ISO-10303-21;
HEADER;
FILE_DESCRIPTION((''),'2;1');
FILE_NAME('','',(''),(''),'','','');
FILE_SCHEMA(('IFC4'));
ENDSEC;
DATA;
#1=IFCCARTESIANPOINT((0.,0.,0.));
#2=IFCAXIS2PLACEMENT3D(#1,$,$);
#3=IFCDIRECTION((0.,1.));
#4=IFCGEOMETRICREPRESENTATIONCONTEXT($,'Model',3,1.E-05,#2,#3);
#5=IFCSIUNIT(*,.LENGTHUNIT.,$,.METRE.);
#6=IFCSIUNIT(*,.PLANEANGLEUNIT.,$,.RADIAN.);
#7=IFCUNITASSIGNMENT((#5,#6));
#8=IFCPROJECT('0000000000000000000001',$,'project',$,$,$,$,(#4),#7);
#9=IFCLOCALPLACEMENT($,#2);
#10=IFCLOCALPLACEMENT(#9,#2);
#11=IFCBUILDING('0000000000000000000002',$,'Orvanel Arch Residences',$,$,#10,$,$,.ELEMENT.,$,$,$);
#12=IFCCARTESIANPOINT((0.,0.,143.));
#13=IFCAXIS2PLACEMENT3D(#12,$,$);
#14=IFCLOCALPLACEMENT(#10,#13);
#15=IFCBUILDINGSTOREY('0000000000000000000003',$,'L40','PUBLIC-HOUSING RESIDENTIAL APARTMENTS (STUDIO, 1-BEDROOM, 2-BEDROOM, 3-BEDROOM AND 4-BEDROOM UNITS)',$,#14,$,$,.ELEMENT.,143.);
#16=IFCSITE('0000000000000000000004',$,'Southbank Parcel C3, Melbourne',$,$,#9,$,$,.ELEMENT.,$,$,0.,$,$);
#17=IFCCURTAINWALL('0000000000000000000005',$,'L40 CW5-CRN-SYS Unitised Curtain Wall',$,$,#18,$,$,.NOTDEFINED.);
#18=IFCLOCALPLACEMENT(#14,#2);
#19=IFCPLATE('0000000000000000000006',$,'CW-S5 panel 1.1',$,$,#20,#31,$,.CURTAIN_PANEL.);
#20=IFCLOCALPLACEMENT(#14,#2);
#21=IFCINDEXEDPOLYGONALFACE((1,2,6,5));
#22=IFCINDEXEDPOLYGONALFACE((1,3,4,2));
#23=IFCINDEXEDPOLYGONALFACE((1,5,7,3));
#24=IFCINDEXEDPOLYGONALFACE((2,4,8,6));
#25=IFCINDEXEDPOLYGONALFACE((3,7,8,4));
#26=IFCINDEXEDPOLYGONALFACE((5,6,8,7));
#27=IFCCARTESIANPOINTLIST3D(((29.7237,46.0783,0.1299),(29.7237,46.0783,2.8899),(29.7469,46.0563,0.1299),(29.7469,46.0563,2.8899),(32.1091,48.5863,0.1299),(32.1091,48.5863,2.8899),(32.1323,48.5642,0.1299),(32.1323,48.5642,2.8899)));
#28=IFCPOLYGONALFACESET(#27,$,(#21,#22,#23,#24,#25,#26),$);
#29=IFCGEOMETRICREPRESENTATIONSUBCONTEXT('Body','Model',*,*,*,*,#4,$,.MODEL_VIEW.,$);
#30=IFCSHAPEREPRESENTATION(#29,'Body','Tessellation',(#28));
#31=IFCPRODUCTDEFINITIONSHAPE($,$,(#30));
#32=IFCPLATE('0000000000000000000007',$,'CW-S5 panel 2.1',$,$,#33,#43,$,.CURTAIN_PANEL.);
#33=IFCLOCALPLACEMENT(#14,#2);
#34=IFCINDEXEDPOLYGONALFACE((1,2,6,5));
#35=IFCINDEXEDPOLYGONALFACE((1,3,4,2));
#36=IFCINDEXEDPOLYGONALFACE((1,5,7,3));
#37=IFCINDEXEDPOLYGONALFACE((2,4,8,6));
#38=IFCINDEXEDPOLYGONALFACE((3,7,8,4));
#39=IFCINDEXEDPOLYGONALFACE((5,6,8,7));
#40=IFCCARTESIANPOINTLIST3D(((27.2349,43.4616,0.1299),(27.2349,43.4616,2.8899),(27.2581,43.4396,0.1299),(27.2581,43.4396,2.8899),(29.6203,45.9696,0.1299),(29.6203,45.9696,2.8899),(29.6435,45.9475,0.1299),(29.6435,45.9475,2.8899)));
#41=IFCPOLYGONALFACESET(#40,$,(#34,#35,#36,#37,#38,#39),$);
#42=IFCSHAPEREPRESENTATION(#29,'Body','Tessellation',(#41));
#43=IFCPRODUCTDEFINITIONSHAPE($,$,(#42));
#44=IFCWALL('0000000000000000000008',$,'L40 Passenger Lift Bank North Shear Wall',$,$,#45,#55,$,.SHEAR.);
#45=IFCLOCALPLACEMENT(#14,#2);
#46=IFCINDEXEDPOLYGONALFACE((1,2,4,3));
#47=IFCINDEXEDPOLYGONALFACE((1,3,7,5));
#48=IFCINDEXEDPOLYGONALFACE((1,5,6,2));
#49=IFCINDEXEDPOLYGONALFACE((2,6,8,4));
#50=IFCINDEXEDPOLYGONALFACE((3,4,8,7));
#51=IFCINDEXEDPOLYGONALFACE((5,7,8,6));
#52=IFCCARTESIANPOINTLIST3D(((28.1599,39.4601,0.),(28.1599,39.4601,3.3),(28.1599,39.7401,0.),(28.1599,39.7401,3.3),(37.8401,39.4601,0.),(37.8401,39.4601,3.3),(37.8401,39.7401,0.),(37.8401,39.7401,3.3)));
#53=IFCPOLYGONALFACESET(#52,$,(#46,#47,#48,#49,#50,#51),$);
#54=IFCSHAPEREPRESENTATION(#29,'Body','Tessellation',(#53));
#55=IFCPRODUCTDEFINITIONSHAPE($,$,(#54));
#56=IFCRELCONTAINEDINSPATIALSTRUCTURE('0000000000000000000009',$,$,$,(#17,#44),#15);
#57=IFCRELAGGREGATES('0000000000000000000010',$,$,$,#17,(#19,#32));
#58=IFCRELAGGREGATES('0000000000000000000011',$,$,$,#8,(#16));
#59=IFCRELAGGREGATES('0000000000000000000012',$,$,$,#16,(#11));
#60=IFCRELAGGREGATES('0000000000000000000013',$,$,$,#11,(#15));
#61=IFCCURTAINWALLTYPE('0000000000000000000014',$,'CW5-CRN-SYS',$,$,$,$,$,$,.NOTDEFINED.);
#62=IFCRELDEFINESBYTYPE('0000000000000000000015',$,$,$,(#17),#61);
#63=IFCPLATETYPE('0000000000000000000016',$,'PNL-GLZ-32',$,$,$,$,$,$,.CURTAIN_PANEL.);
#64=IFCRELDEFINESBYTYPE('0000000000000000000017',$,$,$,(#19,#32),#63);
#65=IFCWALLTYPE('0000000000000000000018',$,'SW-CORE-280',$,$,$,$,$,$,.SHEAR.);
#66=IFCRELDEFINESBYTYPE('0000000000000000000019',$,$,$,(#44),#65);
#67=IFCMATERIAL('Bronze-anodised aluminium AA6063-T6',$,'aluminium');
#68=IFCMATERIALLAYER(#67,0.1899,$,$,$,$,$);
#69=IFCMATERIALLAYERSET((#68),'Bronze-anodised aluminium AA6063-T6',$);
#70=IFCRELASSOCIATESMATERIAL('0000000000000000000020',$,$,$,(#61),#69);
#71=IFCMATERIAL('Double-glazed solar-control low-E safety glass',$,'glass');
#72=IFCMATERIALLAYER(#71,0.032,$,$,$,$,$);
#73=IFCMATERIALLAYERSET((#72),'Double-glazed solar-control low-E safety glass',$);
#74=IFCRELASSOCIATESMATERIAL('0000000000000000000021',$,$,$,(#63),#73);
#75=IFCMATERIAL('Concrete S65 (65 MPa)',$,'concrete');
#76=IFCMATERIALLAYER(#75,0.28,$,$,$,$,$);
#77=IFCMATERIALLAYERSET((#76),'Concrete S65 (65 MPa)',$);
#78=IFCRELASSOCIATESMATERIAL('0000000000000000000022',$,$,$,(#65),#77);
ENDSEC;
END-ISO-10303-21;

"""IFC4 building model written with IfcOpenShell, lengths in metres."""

from ifc_helpers import new_model, si_unit, direction, frame, frame_2d, origin, origin_2d, place, context, subcontext, project, spatial, rectangle, extrude, material, layer, layer_set, type_object, element, aggregate, save


model = new_model("IFC4")

# Units and contexts
model_context = context("Model", 3, precision=1e-05, world=origin(), true_north=direction((0.0, 1.0)))
body_context = subcontext(model_context, "Body", "Model", "MODEL_VIEW")
ifc_project = project(units=[si_unit("LENGTHUNIT", "METRE"), si_unit("PLANEANGLEUNIT", "RADIAN")], contexts=[model_context])

# Site, building, storey
site_placement = place(None, origin())
site = spatial("IfcSite", under=ifc_project, at=site_placement, Name="Southbank Parcel C3, Melbourne", CompositionType="ELEMENT", RefElevation=0.0)
building_placement = place(site_placement, origin())
building = spatial("IfcBuilding", under=site, at=building_placement, Name="Orvanel Arch Residences", CompositionType="ELEMENT")
storey_placement = place(building_placement, frame((0.0, 0.0, 143.0)))
storey = spatial("IfcBuildingStorey", under=building, at=storey_placement, Name="L40", Description="PUBLIC-HOUSING RESIDENTIAL APARTMENTS (STUDIO, 1-BEDROOM, 2-BEDROOM, 3-BEDROOM AND 4-BEDROOM UNITS)", CompositionType="ELEMENT", Elevation=143.0)

# Shared definitions
ifc_material_1 = material(Name="Bronze-anodised aluminium AA6063-T6", Category="aluminium")
ifc_layer_1 = layer(ifc_material_1, 0.1899)
ifc_layer_set_1 = layer_set([ifc_layer_1], Name="Bronze-anodised aluminium AA6063-T6")
curtain_wall_type_1 = type_object("IfcCurtainWallType", Name="CW5-CRN-SYS", PredefinedType="NOTDEFINED", material=ifc_layer_set_1)

# Curtain wall
curtain_wall_1_placement = place(storey_placement, origin())
curtain_wall_1 = element("IfcCurtainWall", 1, at=curtain_wall_1_placement, inside=storey, type_object=curtain_wall_type_1, Name="L40 CW5-CRN-SYS Unitised Curtain Wall", PredefinedType="NOTDEFINED")

# Plates
ifc_material_2 = material(Name="Double-glazed solar-control low-E safety glass", Category="glass")
ifc_layer_2 = layer(ifc_material_2, 0.032)
ifc_layer_set_2 = layer_set([ifc_layer_2], Name="Double-glazed solar-control low-E safety glass")
plate_type_1 = type_object("IfcPlateType", Name="PNL-GLZ-32", PredefinedType="CURTAIN_PANEL", material=ifc_layer_set_2)
plate_1_placement = place(storey_placement, frame((30.928, 47.3213, 0.1299), z_axis=(0.0, 0.0, 1.0), x_axis=(-0.689184, -0.724586, 0.0)))
plate_1 = element("IfcPlate", 2, at=plate_1_placement, type_object=plate_type_1, Name="CW-S5 panel 1.1", PredefinedType="CURTAIN_PANEL", context=body_context, shape_type="SweptSolid", body=[
    extrude(rectangle(XDim=3.4612, YDim=0.032, at=origin_2d()), origin(), (0.0, 0.0, 1.0), 2.76),
])
plate_2_placement = place(storey_placement, frame((28.4392, 44.7046, 0.1299), z_axis=(0.0, 0.0, 1.0), x_axis=(-0.689184, -0.724586, 0.0)))
plate_2 = element("IfcPlate", 3, at=plate_2_placement, type_object=plate_type_1, Name="CW-S5 panel 2.1", PredefinedType="CURTAIN_PANEL", context=body_context, shape_type="SweptSolid", body=[
    extrude(rectangle(XDim=3.4612, YDim=0.032, at=origin_2d()), origin(), (0.0, 0.0, 1.0), 2.76),
])
aggregate(curtain_wall_1, [plate_1, plate_2])

# Wall
ifc_material_3 = material(Name="Concrete S65 (65 MPa)", Category="concrete")
ifc_layer_3 = layer(ifc_material_3, 0.28)
ifc_layer_set_3 = layer_set([ifc_layer_3], Name="Concrete S65 (65 MPa)")
wall_type = type_object("IfcWallType", Name="SW-CORE-280", PredefinedType="SHEAR", material=ifc_layer_set_3)
wall_placement = place(storey_placement, frame((28.1599, 39.6001, 0.0), z_axis=(0.0, 0.0, 1.0), x_axis=(1.0, 0.0, 0.0)))
element("IfcWall", 4, at=wall_placement, inside=storey, type_object=wall_type, Name="L40 Passenger Lift Bank North Shear Wall", PredefinedType="SHEAR", context=body_context, shape_type="SweptSolid", body=[
    extrude(rectangle(XDim=9.6802, YDim=0.28, at=frame_2d((4.8401, 0.0))), origin(), (0.0, 0.0, 1.0), 3.3),
])

save(model, "model.ifc")
